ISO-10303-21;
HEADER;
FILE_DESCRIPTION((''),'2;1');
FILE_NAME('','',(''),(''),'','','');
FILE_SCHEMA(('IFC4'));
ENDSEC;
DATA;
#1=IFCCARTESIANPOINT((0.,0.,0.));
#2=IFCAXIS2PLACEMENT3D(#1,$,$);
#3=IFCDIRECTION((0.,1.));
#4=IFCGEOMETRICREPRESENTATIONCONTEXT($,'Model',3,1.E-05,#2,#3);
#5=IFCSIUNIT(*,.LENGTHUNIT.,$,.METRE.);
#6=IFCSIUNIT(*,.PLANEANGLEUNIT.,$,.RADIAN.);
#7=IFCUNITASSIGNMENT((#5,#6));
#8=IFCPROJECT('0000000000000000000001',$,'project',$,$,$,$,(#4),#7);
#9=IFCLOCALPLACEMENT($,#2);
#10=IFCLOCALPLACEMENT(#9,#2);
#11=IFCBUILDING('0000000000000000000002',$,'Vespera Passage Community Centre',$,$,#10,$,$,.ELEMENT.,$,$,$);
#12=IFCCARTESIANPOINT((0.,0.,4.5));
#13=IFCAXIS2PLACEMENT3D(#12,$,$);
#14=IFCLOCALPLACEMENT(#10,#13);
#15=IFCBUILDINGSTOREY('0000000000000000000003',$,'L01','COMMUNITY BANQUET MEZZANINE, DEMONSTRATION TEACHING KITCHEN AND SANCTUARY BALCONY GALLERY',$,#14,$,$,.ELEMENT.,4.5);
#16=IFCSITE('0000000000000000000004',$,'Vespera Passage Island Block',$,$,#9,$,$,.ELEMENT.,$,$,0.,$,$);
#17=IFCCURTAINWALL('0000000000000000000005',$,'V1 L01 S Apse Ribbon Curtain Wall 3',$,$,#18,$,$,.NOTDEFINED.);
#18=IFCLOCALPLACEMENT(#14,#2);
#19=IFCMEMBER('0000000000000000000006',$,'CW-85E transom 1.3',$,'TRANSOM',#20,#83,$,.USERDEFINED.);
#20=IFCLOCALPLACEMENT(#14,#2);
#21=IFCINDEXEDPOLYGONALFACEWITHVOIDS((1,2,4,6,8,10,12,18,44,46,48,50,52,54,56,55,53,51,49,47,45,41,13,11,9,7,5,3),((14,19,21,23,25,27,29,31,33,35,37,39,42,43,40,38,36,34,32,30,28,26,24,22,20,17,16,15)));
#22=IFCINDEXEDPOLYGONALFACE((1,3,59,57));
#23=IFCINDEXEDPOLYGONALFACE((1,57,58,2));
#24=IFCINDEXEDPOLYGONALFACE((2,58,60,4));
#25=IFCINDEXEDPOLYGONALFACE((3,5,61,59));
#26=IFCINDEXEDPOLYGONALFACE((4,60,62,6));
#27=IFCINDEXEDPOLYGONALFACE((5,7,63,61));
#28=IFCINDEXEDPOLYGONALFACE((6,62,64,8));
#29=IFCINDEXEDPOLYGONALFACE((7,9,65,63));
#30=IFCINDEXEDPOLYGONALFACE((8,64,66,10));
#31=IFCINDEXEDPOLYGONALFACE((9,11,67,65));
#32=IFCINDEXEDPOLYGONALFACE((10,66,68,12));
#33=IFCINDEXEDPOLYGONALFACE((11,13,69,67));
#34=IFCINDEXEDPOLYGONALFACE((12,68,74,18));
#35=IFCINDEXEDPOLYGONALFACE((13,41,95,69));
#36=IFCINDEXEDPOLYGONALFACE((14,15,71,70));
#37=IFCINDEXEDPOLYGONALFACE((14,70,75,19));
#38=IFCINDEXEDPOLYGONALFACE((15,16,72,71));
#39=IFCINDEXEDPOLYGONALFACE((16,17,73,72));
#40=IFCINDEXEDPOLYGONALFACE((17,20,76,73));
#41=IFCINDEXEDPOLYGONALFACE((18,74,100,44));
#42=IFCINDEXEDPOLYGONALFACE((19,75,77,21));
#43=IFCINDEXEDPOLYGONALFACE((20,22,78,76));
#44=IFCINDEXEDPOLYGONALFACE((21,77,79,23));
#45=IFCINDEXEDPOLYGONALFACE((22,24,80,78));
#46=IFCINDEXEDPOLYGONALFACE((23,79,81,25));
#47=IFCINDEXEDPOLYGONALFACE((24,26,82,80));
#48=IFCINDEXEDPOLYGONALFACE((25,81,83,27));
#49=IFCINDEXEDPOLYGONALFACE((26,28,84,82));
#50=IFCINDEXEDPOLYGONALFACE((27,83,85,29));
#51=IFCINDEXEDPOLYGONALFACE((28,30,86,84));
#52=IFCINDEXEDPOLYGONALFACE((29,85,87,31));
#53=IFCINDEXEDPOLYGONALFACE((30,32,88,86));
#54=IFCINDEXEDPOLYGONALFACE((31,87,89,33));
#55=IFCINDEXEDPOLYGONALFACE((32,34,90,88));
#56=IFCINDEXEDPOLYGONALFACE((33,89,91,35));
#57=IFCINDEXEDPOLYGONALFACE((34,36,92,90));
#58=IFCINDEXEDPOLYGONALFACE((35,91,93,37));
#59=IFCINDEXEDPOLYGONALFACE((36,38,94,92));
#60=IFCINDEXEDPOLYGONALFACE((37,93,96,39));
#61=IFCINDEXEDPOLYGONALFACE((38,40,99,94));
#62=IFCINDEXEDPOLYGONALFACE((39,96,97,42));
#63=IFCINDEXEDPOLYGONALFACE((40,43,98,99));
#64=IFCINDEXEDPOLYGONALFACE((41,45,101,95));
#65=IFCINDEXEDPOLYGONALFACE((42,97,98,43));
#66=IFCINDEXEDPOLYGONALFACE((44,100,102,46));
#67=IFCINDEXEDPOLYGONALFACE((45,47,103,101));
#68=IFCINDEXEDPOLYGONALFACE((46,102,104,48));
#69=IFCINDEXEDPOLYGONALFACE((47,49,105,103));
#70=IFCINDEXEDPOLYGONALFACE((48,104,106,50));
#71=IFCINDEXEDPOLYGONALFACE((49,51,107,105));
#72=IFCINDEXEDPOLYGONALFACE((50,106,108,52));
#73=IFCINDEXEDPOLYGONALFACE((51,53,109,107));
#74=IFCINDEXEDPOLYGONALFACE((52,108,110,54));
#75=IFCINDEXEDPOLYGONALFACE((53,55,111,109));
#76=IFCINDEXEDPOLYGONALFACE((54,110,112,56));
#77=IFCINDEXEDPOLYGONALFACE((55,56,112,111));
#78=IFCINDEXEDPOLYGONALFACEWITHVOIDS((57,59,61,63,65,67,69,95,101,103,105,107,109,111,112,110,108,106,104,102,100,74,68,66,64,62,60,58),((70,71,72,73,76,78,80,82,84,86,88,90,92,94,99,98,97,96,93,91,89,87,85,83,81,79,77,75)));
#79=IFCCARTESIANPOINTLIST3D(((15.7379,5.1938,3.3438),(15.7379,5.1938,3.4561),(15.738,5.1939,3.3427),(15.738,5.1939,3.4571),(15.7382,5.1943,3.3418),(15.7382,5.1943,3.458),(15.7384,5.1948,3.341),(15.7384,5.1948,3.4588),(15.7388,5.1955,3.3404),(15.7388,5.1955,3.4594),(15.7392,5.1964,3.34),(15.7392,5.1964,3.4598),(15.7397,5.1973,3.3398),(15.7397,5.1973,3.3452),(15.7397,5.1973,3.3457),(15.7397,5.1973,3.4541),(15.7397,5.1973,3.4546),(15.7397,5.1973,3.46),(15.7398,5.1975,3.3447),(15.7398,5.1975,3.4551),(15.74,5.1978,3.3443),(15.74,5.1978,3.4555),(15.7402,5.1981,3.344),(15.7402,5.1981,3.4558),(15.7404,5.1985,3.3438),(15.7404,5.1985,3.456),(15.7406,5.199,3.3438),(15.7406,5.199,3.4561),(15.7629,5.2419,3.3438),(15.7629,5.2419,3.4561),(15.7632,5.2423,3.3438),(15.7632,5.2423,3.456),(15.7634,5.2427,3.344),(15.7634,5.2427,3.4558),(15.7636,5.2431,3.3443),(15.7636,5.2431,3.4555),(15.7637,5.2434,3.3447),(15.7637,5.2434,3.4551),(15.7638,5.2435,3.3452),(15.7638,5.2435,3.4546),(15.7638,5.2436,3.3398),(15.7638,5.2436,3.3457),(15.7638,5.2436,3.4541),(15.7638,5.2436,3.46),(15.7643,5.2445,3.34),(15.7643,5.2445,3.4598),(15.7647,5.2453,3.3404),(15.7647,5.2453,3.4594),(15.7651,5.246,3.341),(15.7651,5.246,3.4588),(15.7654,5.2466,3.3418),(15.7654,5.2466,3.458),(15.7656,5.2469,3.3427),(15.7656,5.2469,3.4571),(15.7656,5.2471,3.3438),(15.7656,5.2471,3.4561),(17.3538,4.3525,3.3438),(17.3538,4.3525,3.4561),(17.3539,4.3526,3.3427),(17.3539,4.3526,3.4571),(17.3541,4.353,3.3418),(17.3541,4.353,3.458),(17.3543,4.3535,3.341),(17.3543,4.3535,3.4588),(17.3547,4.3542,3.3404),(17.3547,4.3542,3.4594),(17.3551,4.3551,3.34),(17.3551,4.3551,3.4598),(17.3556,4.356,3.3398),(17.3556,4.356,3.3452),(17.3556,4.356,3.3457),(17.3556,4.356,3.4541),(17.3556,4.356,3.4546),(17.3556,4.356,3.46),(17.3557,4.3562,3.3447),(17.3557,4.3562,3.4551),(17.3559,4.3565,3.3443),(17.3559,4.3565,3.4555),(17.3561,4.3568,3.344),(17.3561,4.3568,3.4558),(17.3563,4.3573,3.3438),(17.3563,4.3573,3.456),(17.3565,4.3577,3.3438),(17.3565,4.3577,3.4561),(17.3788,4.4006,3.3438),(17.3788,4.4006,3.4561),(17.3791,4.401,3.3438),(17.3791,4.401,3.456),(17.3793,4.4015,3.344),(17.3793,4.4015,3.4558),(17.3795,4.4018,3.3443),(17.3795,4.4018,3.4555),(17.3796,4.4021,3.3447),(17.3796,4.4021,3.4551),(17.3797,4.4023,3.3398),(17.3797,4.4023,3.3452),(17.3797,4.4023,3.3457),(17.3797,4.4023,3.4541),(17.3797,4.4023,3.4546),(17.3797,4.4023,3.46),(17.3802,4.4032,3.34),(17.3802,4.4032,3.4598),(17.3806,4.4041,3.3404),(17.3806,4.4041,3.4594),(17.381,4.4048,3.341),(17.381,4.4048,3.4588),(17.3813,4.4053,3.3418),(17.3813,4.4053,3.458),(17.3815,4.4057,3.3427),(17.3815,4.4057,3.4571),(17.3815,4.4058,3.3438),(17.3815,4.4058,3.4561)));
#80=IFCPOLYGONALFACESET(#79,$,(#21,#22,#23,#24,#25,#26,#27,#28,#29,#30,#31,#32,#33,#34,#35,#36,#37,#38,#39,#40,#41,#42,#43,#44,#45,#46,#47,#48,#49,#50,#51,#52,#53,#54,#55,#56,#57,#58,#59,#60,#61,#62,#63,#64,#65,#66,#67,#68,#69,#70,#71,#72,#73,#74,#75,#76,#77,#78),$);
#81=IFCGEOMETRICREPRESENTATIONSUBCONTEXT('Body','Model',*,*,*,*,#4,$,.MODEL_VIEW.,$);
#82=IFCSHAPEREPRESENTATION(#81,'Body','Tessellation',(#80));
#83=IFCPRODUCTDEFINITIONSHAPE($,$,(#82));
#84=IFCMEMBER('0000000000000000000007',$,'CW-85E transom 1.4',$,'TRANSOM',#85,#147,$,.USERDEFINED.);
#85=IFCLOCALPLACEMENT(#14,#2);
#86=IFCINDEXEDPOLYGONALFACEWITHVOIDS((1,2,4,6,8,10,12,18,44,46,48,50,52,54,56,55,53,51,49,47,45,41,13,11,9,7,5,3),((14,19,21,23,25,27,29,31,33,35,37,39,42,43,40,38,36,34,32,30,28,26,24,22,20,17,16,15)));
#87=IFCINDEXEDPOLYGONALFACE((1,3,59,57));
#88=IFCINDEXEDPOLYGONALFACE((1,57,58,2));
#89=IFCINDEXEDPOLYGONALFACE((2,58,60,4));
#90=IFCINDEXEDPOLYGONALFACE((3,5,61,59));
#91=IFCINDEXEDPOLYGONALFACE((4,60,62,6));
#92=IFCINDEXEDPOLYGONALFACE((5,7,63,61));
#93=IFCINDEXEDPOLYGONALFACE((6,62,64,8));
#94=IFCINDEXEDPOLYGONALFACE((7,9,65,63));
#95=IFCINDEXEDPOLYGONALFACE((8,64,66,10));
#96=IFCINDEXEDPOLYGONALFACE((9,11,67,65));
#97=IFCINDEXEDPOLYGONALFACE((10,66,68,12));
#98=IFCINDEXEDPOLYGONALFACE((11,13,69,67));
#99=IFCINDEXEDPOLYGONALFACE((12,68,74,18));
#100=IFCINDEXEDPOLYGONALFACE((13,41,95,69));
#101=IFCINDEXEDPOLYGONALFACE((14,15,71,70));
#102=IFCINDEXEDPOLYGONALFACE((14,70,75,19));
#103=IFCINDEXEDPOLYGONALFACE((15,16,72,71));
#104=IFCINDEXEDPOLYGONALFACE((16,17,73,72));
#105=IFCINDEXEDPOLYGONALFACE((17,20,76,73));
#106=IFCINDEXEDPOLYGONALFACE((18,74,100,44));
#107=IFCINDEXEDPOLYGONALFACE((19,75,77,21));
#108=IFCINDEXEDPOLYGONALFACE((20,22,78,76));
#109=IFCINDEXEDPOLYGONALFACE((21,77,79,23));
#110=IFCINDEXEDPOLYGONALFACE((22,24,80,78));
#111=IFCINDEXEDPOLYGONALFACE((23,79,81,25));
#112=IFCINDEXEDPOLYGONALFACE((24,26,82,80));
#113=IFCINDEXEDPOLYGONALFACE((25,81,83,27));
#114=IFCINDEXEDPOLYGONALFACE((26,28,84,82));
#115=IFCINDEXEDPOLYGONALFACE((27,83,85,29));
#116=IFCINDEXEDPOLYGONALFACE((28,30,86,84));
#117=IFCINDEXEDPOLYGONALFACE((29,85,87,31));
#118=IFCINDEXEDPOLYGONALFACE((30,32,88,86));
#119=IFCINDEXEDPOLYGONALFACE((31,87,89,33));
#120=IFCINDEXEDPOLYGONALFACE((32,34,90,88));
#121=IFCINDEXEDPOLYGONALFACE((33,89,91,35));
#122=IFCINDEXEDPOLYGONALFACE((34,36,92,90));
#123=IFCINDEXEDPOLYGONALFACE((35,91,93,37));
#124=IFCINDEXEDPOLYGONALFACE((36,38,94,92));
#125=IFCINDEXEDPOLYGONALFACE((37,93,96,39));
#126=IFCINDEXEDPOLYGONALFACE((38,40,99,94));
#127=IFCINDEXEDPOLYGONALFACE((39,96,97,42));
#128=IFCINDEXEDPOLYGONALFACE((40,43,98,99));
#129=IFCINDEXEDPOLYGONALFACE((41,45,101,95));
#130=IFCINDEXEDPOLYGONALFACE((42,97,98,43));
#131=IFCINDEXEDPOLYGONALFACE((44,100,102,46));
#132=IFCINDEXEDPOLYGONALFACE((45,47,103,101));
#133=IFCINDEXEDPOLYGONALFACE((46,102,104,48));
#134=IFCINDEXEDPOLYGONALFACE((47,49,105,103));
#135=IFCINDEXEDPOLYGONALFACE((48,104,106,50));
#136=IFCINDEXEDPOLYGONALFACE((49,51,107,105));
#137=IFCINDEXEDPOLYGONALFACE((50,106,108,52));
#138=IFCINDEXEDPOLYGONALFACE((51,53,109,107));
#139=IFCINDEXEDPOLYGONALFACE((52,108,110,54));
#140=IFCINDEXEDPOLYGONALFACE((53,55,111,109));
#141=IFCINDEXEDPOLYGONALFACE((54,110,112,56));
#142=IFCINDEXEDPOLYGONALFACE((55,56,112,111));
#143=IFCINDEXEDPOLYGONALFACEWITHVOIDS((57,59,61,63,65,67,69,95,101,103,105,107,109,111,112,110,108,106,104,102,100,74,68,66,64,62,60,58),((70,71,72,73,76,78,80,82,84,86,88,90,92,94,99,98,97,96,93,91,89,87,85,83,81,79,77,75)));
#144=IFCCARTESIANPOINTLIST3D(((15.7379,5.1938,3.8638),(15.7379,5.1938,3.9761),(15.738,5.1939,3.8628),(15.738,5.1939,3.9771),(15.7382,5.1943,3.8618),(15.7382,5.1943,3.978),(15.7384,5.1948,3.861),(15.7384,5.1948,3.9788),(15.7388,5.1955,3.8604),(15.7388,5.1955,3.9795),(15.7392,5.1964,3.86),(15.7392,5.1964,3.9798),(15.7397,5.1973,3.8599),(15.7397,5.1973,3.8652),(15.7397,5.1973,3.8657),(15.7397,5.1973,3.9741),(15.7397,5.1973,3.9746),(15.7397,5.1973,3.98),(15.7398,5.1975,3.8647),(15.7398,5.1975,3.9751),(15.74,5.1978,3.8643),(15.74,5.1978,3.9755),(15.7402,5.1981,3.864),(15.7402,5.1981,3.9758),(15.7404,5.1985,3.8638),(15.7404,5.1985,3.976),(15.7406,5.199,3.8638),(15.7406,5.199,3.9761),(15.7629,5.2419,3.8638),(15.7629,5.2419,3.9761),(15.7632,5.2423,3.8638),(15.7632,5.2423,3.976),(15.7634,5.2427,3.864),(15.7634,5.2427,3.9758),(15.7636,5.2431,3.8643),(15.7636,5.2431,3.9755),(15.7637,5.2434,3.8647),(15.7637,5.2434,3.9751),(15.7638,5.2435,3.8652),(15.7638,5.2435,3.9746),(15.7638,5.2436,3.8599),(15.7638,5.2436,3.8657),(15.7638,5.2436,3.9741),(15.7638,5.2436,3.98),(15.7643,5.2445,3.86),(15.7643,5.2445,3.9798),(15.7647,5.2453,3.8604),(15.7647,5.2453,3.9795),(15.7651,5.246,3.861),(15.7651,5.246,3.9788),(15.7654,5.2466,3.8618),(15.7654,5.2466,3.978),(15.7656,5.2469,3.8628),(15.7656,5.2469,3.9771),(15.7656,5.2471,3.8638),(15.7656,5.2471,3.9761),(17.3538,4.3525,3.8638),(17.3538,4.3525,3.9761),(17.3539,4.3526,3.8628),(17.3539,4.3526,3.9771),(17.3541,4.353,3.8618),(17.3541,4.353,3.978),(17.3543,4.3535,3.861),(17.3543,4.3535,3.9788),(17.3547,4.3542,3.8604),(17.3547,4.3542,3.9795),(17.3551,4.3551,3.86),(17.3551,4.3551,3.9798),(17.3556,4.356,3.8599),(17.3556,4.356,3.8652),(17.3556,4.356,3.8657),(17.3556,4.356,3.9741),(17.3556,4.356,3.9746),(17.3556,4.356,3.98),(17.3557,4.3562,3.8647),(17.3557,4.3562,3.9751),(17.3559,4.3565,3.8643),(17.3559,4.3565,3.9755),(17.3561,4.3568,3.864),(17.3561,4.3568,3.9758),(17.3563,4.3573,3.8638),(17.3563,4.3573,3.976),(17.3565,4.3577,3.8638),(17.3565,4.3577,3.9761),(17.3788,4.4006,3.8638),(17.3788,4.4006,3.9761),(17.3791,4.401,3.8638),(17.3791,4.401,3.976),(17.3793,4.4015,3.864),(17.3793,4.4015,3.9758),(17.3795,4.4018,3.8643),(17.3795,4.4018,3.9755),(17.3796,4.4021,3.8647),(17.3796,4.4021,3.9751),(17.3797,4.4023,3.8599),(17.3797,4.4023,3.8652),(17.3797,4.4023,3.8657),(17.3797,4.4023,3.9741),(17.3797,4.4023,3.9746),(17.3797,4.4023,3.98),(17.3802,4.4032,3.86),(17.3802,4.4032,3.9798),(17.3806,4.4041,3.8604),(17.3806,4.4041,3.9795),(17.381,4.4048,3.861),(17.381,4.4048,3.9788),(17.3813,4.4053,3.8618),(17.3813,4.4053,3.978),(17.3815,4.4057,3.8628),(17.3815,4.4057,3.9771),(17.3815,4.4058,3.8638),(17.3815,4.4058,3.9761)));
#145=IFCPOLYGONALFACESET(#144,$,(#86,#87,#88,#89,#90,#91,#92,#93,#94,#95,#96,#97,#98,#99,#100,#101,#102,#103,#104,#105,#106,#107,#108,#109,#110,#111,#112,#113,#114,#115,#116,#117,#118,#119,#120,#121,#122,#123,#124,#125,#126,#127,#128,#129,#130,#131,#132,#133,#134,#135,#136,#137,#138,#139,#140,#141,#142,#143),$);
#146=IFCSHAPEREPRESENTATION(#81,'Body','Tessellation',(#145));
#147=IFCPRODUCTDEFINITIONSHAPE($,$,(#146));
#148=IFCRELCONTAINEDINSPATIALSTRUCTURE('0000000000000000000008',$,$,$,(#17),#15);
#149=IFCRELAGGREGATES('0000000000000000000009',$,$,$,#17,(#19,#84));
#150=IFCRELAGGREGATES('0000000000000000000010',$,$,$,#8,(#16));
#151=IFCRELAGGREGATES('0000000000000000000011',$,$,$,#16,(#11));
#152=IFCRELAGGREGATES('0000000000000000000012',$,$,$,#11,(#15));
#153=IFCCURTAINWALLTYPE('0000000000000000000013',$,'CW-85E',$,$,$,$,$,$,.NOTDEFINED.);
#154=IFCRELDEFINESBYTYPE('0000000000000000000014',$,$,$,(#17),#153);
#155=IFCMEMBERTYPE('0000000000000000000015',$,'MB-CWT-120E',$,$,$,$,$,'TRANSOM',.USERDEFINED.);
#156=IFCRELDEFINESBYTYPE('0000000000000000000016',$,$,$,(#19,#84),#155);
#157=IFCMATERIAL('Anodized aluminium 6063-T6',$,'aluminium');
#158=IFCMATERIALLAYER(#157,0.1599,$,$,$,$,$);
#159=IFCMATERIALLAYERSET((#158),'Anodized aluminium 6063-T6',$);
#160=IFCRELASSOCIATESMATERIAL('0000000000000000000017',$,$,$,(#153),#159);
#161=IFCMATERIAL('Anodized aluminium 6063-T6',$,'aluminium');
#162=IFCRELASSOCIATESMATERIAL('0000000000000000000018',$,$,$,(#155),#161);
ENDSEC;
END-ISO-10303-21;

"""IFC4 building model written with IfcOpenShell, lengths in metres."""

from ifc_helpers import new_model, si_unit, direction, frame, origin, origin_2d, place, context, subcontext, project, spatial, hollow_rectangle, extrude, material, layer, layer_set, material_profile, profile_set, type_object, element, aggregate, save


model = new_model("IFC4")

# Units and contexts
model_context = context("Model", 3, precision=1e-05, world=origin(), true_north=direction((0.0, 1.0)))
body_context = subcontext(model_context, "Body", "Model", "MODEL_VIEW")
ifc_project = project(units=[si_unit("LENGTHUNIT", "METRE"), si_unit("PLANEANGLEUNIT", "RADIAN")], contexts=[model_context])

# Site, building, storey
site_placement = place(None, origin())
site = spatial("IfcSite", under=ifc_project, at=site_placement, Name="Vespera Passage Island Block", CompositionType="ELEMENT", RefElevation=0.0)
building_placement = place(site_placement, origin())
building = spatial("IfcBuilding", under=site, at=building_placement, Name="Vespera Passage Community Centre", CompositionType="ELEMENT")
storey_placement = place(building_placement, frame((0.0, 0.0, 4.5)))
storey = spatial("IfcBuildingStorey", under=building, at=storey_placement, Name="L01", Description="COMMUNITY BANQUET MEZZANINE, DEMONSTRATION TEACHING KITCHEN AND SANCTUARY BALCONY GALLERY", CompositionType="ELEMENT", Elevation=4.5)

# Shared definitions
ifc_material_1 = material(Name="Anodized aluminium 6063-T6", Category="aluminium")
ifc_layer_1 = layer(ifc_material_1, 0.1599)
ifc_layer_set_1 = layer_set([ifc_layer_1], Name="Anodized aluminium 6063-T6")
curtain_wall_type = type_object("IfcCurtainWallType", Name="CW-85E", PredefinedType="NOTDEFINED", material=ifc_layer_set_1)

# Curtain wall, members
curtain_wall_1_placement = place(storey_placement, origin())
curtain_wall_1 = element("IfcCurtainWall", 1, at=curtain_wall_1_placement, inside=storey, type_object=curtain_wall_type, Name="V1 L01 S Apse Ribbon Curtain Wall 3", PredefinedType="NOTDEFINED")
ifc_material_2 = material(Name="Anodized aluminium 6063-T6", Category="aluminium")
ifc_material_profile_1 = material_profile(ifc_material_2, hollow_rectangle(XDim=0.0601, YDim=0.1201, WallThickness=0.0039, InnerFilletRadius=0.002, OuterFilletRadius=0.0039, at=origin_2d()), Name="ALU120X60X4")
ifc_profile_set_1 = profile_set([ifc_material_profile_1], Name="Anodized aluminium 6063-T6")
member_type_1 = type_object("IfcMemberType", Name="MB-CWT-120E", ElementType="TRANSOM", PredefinedType="USERDEFINED", material=ifc_profile_set_1)
member_1_placement = place(storey_placement, frame((17.3677, 4.3792, 3.3999), z_axis=(-0.886991, 0.461787, 0.0), x_axis=(-0.461787, -0.886991, 0.0)))
member_1 = element("IfcMember", 2, at=member_1_placement, type_object=member_type_1, Name="CW-85E transom 1.3", ObjectType="TRANSOM", PredefinedType="USERDEFINED", context=body_context, shape_type="SweptSolid", body=[
    extrude(hollow_rectangle(XDim=0.0601, YDim=0.1201, WallThickness=0.0039, InnerFilletRadius=0.002, OuterFilletRadius=0.0039, at=origin_2d()), origin(), (0.0, 0.0, 1.0), 1.8218),
])
member_2_placement = place(storey_placement, frame((17.3677, 4.3792, 3.9199), z_axis=(-0.886991, 0.461787, 0.0), x_axis=(-0.461787, -0.886991, 0.0)))
member_2 = element("IfcMember", 3, at=member_2_placement, type_object=member_type_1, Name="CW-85E transom 1.4", ObjectType="TRANSOM", PredefinedType="USERDEFINED", context=body_context, shape_type="SweptSolid", body=[
    extrude(hollow_rectangle(XDim=0.0601, YDim=0.1201, WallThickness=0.0039, InnerFilletRadius=0.002, OuterFilletRadius=0.0039, at=origin_2d()), origin(), (0.0, 0.0, 1.0), 1.8218),
])

aggregate(curtain_wall_1, [member_1, member_2])

save(model, "model.ifc")
